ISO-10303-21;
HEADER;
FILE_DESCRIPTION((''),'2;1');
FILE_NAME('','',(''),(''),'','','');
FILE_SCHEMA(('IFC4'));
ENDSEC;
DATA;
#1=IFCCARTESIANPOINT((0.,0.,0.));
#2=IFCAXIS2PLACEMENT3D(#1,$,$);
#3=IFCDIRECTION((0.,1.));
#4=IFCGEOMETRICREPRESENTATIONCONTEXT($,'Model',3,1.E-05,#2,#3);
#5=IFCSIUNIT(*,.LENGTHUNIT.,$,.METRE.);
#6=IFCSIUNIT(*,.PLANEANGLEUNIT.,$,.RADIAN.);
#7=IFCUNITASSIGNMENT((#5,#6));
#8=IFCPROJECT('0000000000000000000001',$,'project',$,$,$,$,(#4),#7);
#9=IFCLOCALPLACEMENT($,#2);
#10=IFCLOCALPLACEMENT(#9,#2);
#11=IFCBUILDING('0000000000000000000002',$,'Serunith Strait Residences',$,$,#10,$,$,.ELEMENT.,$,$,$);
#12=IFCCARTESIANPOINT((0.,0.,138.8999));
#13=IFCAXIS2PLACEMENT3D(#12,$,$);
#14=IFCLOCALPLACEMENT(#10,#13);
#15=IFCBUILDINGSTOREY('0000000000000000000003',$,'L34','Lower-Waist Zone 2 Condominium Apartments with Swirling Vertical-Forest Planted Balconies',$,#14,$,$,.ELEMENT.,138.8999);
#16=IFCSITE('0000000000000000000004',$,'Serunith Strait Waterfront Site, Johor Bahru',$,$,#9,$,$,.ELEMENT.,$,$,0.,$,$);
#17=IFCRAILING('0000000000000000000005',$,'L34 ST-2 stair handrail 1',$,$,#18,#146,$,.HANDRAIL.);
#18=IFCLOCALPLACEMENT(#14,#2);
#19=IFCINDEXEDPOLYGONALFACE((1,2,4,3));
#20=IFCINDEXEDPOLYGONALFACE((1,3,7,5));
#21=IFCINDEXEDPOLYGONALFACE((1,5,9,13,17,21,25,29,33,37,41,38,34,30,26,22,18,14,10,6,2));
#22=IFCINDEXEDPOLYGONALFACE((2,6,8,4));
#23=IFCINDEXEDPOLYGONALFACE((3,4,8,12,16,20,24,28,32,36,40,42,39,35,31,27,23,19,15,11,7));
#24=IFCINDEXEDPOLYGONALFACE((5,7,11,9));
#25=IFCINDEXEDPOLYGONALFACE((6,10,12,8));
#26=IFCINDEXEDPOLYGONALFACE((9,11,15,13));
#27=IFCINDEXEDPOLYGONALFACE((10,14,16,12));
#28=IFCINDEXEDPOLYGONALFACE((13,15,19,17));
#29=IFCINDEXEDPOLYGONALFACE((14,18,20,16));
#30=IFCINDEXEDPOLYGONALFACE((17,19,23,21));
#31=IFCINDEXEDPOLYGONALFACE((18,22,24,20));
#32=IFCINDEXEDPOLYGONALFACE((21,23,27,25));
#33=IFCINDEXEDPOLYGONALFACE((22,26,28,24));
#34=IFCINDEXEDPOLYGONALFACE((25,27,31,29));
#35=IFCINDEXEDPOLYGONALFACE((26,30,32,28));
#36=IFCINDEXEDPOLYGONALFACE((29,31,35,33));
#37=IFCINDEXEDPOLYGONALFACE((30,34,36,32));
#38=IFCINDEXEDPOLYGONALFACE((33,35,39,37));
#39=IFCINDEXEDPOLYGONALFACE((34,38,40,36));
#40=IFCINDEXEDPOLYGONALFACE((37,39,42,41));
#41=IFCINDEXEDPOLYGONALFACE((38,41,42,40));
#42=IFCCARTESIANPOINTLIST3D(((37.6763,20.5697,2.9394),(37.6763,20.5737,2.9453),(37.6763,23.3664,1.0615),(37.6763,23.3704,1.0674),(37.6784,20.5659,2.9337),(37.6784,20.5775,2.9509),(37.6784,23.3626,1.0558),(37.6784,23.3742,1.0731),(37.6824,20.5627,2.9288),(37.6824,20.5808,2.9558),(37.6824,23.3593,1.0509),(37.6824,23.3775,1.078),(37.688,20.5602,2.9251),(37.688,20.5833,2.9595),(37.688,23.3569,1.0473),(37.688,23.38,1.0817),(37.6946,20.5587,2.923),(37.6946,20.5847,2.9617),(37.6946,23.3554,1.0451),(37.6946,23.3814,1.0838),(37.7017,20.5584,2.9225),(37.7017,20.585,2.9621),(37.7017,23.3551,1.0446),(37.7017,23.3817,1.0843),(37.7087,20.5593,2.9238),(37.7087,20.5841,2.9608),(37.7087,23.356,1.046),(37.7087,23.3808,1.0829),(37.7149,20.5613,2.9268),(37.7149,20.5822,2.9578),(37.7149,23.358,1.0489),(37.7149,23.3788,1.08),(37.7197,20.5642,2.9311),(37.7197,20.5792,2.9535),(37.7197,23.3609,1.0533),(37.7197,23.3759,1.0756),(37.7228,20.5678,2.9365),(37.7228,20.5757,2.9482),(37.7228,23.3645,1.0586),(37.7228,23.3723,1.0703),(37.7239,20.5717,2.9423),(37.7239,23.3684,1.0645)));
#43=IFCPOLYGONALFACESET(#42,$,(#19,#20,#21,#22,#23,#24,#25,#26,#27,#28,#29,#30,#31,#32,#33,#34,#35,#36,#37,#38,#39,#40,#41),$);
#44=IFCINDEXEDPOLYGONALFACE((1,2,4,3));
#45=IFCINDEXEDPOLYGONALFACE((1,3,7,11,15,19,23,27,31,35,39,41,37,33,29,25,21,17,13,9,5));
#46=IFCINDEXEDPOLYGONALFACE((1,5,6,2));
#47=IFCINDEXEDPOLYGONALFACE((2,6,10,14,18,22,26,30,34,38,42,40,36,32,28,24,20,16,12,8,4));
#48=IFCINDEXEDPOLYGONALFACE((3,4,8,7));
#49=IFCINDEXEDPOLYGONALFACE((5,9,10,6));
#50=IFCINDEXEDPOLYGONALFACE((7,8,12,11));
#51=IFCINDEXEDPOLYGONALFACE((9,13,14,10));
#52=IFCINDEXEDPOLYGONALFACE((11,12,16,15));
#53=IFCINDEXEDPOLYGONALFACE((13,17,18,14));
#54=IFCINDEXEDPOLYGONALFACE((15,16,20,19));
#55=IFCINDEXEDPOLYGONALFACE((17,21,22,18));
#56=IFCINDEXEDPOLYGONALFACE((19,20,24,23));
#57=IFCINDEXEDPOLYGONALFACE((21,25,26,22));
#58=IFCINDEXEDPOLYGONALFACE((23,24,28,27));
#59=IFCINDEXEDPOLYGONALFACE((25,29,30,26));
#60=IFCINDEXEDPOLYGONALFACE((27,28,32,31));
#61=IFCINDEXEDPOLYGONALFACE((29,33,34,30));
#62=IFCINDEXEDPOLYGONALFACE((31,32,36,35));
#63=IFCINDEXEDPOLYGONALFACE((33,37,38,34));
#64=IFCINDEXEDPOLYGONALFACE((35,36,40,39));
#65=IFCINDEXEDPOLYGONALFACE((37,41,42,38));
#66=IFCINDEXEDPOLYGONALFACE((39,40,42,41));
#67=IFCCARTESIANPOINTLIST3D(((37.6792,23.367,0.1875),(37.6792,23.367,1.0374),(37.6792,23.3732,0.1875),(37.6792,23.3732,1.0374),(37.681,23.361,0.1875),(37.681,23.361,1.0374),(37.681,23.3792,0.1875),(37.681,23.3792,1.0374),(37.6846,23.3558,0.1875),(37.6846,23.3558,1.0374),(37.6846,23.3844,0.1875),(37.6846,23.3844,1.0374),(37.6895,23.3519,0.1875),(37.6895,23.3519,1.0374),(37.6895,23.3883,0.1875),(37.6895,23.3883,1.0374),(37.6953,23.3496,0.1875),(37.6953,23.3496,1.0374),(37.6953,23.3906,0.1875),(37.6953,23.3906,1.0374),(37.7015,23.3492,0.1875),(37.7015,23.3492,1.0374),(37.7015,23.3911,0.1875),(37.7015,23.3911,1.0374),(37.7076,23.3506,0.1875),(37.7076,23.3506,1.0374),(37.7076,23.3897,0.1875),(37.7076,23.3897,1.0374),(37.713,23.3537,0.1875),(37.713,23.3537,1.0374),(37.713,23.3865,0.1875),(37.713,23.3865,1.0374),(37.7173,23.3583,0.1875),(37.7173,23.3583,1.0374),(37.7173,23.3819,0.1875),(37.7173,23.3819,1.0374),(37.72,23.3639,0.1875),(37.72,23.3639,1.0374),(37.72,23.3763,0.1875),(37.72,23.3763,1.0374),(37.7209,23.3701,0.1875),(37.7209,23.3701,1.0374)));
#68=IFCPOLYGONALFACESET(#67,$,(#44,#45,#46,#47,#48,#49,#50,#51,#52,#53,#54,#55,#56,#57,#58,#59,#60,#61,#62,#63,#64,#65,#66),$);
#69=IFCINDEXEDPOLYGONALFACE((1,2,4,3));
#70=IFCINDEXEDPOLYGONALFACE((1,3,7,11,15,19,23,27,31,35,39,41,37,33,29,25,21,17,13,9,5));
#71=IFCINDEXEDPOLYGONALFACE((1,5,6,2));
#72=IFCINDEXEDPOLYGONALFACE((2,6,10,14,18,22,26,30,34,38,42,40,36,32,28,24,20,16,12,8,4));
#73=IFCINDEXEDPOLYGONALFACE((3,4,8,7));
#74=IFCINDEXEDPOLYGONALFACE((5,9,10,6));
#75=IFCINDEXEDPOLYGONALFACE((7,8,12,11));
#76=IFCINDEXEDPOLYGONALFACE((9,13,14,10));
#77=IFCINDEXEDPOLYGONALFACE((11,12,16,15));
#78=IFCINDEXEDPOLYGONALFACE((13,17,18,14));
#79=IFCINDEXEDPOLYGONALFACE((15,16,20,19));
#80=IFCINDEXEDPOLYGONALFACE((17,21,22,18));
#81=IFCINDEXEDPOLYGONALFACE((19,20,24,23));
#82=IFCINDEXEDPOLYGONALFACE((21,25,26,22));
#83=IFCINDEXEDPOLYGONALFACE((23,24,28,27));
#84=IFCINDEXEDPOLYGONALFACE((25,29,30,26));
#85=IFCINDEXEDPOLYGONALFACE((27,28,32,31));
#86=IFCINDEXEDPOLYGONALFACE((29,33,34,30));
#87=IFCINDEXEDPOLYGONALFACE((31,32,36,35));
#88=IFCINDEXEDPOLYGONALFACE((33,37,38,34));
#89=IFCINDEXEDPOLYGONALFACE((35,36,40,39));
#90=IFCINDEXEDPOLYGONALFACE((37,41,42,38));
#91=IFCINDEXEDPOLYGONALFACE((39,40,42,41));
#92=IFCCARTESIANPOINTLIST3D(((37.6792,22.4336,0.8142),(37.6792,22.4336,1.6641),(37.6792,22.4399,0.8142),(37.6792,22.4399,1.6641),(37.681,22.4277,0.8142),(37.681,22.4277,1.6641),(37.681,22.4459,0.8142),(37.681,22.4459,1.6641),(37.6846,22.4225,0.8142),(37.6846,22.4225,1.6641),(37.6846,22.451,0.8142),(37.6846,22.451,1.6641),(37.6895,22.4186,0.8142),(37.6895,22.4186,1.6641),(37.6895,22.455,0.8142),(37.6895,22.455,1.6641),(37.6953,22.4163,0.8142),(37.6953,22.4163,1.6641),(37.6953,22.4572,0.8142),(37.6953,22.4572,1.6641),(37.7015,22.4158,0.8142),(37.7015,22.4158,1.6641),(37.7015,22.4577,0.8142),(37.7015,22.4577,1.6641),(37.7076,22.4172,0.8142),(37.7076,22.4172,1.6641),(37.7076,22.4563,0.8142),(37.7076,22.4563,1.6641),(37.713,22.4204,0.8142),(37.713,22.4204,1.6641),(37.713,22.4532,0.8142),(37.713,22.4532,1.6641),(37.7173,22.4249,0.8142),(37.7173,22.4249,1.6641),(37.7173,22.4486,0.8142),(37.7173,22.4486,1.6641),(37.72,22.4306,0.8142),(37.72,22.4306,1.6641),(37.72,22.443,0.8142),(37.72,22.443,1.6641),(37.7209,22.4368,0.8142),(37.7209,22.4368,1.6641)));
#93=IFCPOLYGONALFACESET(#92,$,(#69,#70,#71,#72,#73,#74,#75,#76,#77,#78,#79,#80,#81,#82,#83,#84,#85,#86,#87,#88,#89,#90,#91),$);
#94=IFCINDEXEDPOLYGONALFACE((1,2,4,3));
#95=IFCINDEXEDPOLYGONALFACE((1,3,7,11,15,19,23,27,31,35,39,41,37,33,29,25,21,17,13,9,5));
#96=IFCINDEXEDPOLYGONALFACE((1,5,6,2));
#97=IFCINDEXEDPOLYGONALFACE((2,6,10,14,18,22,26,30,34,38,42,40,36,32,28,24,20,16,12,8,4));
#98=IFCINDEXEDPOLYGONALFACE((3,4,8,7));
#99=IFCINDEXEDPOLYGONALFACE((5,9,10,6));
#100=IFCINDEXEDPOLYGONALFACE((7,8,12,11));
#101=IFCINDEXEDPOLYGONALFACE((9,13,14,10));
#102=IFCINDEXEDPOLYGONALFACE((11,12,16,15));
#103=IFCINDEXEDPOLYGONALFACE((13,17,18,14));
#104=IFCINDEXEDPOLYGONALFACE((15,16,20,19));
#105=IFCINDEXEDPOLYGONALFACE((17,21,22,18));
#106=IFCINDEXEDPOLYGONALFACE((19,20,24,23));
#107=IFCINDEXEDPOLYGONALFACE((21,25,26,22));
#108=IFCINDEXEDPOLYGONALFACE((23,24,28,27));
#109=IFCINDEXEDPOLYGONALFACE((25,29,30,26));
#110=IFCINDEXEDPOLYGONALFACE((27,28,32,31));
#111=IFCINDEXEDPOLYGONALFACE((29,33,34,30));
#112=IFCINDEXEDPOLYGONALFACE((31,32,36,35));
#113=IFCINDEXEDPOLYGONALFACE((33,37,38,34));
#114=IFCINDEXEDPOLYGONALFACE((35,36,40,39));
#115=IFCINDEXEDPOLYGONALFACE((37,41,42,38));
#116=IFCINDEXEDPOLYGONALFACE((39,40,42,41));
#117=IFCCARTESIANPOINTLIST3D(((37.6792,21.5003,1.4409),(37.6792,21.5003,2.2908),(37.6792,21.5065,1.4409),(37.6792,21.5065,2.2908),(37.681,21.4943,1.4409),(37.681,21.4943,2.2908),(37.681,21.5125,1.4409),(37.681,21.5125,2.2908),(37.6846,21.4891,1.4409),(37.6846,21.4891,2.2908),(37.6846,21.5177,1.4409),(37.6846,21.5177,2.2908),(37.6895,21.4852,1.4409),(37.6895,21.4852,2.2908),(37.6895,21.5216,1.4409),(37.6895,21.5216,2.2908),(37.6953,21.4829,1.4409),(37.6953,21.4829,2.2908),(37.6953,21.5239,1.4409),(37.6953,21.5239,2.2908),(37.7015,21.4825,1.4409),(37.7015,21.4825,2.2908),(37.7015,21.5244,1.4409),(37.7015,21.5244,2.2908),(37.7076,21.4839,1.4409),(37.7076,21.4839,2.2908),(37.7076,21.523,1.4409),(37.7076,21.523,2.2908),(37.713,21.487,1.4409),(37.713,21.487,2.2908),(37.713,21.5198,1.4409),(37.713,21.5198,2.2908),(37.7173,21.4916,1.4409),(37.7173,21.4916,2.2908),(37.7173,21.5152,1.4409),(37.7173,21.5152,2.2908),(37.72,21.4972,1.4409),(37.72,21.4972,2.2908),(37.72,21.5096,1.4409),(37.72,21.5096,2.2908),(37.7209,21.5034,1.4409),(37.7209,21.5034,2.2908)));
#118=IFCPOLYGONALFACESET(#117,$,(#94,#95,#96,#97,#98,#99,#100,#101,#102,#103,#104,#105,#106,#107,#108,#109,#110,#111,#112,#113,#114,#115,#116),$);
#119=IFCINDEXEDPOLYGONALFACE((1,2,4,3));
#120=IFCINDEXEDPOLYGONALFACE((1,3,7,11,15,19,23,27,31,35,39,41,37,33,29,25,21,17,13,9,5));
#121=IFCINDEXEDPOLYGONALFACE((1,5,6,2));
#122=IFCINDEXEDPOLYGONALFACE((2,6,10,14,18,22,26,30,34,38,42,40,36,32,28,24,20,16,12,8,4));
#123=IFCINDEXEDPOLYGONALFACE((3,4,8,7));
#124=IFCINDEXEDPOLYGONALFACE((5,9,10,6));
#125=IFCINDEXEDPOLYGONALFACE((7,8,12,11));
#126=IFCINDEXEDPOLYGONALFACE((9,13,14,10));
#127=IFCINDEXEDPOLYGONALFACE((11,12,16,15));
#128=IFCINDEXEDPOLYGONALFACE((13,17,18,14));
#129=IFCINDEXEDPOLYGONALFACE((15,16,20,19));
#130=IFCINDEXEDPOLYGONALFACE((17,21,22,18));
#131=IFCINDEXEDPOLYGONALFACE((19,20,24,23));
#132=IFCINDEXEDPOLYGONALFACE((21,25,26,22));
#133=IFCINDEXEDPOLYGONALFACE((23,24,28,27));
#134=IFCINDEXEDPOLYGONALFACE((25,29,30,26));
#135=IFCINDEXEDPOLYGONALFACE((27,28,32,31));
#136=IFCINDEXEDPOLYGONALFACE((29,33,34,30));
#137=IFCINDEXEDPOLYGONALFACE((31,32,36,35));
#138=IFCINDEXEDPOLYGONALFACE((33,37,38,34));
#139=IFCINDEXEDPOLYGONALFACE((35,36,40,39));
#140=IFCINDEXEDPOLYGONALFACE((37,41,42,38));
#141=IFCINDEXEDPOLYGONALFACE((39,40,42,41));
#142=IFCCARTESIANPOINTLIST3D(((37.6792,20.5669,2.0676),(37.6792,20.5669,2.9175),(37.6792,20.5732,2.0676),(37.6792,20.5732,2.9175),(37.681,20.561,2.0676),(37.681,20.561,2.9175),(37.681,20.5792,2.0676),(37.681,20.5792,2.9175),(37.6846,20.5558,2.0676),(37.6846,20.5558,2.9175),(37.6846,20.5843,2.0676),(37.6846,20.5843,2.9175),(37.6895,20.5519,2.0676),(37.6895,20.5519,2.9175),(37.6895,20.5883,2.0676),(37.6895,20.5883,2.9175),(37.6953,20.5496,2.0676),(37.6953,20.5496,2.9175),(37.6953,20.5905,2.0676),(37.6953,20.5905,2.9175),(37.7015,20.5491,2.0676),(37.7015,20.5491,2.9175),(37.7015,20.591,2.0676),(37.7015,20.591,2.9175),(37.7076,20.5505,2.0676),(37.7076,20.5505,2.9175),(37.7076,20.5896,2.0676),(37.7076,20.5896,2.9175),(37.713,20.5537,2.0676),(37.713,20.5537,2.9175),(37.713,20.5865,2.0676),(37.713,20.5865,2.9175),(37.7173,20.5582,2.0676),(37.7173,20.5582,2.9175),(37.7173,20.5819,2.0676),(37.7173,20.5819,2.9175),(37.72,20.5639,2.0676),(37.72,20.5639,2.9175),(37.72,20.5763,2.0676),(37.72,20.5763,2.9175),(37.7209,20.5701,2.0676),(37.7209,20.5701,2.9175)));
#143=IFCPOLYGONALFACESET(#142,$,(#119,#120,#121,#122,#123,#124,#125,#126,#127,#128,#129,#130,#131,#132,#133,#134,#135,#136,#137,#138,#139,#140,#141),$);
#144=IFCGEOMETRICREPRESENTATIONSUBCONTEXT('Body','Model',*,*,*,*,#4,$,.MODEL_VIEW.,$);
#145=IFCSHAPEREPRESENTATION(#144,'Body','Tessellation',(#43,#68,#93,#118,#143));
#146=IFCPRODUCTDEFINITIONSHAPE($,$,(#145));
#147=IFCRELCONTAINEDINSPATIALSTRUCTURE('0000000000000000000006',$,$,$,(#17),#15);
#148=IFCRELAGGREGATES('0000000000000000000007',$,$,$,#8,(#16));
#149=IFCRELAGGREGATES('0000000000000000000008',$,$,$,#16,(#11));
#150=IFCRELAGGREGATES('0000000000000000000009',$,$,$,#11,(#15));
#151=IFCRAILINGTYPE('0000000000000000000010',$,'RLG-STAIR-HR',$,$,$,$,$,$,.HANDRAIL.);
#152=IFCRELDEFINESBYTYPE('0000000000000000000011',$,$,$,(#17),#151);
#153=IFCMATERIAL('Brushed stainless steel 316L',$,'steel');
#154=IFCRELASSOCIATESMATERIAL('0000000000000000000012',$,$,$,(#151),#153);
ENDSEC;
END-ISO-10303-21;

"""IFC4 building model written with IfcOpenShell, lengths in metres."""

from ifc_helpers import new_model, si_unit, direction, frame, origin, origin_2d, place, context, subcontext, project, spatial, circle, extrude, material, type_object, element, save


model = new_model("IFC4")

# Units and contexts
model_context = context("Model", 3, precision=1e-05, world=origin(), true_north=direction((0.0, 1.0)))
body_context = subcontext(model_context, "Body", "Model", "MODEL_VIEW")
ifc_project = project(units=[si_unit("LENGTHUNIT", "METRE"), si_unit("PLANEANGLEUNIT", "RADIAN")], contexts=[model_context])

# Site, building, storey
site_placement = place(None, origin())
site = spatial("IfcSite", under=ifc_project, at=site_placement, Name="Serunith Strait Waterfront Site, Johor Bahru", CompositionType="ELEMENT", RefElevation=0.0)
building_placement = place(site_placement, origin())
building = spatial("IfcBuilding", under=site, at=building_placement, Name="Serunith Strait Residences", CompositionType="ELEMENT")
storey_placement = place(building_placement, frame((0.0, 0.0, 138.8999)))
storey = spatial("IfcBuildingStorey", under=building, at=storey_placement, Name="L34", Description="Lower-Waist Zone 2 Condominium Apartments with Swirling Vertical-Forest Planted Balconies", CompositionType="ELEMENT", Elevation=138.8999)

# Railing
ifc_material_1 = material(Name="Brushed stainless steel 316L", Category="steel")
railing_type_1 = type_object("IfcRailingType", Name="RLG-STAIR-HR", PredefinedType="HANDRAIL", material=ifc_material_1)
railing_1_placement = place(storey_placement, frame((37.7, 23.3701, 0.1875)))
element("IfcRailing", 1, at=railing_1_placement, inside=storey, type_object=railing_type_1, Name="L34 ST-2 stair handrail 1", PredefinedType="HANDRAIL", context=body_context, shape_type="SweptSolid", body=[
    extrude(circle(Radius=0.0239, at=origin_2d()), frame((0.0, -0.0017, 0.877), z_axis=(0.0, -0.830208, 0.557453), x_axis=(1.0, 0.0, 0.0)), (0.0, 0.0, 1.0), 3.3687),
    extrude(circle(Radius=0.021, at=origin_2d()), origin(), (0.0, 0.0, 1.0), 0.8499),
    extrude(circle(Radius=0.021, at=origin_2d()), frame((0.0, -0.9333, 0.6267)), (0.0, 0.0, 1.0), 0.8499),
    extrude(circle(Radius=0.021, at=origin_2d()), frame((0.0, -1.8667, 1.2534)), (0.0, 0.0, 1.0), 0.8499),
    extrude(circle(Radius=0.021, at=origin_2d()), frame((0.0, -2.8, 1.8801)), (0.0, 0.0, 1.0), 0.8499),
])

save(model, "model.ifc")
